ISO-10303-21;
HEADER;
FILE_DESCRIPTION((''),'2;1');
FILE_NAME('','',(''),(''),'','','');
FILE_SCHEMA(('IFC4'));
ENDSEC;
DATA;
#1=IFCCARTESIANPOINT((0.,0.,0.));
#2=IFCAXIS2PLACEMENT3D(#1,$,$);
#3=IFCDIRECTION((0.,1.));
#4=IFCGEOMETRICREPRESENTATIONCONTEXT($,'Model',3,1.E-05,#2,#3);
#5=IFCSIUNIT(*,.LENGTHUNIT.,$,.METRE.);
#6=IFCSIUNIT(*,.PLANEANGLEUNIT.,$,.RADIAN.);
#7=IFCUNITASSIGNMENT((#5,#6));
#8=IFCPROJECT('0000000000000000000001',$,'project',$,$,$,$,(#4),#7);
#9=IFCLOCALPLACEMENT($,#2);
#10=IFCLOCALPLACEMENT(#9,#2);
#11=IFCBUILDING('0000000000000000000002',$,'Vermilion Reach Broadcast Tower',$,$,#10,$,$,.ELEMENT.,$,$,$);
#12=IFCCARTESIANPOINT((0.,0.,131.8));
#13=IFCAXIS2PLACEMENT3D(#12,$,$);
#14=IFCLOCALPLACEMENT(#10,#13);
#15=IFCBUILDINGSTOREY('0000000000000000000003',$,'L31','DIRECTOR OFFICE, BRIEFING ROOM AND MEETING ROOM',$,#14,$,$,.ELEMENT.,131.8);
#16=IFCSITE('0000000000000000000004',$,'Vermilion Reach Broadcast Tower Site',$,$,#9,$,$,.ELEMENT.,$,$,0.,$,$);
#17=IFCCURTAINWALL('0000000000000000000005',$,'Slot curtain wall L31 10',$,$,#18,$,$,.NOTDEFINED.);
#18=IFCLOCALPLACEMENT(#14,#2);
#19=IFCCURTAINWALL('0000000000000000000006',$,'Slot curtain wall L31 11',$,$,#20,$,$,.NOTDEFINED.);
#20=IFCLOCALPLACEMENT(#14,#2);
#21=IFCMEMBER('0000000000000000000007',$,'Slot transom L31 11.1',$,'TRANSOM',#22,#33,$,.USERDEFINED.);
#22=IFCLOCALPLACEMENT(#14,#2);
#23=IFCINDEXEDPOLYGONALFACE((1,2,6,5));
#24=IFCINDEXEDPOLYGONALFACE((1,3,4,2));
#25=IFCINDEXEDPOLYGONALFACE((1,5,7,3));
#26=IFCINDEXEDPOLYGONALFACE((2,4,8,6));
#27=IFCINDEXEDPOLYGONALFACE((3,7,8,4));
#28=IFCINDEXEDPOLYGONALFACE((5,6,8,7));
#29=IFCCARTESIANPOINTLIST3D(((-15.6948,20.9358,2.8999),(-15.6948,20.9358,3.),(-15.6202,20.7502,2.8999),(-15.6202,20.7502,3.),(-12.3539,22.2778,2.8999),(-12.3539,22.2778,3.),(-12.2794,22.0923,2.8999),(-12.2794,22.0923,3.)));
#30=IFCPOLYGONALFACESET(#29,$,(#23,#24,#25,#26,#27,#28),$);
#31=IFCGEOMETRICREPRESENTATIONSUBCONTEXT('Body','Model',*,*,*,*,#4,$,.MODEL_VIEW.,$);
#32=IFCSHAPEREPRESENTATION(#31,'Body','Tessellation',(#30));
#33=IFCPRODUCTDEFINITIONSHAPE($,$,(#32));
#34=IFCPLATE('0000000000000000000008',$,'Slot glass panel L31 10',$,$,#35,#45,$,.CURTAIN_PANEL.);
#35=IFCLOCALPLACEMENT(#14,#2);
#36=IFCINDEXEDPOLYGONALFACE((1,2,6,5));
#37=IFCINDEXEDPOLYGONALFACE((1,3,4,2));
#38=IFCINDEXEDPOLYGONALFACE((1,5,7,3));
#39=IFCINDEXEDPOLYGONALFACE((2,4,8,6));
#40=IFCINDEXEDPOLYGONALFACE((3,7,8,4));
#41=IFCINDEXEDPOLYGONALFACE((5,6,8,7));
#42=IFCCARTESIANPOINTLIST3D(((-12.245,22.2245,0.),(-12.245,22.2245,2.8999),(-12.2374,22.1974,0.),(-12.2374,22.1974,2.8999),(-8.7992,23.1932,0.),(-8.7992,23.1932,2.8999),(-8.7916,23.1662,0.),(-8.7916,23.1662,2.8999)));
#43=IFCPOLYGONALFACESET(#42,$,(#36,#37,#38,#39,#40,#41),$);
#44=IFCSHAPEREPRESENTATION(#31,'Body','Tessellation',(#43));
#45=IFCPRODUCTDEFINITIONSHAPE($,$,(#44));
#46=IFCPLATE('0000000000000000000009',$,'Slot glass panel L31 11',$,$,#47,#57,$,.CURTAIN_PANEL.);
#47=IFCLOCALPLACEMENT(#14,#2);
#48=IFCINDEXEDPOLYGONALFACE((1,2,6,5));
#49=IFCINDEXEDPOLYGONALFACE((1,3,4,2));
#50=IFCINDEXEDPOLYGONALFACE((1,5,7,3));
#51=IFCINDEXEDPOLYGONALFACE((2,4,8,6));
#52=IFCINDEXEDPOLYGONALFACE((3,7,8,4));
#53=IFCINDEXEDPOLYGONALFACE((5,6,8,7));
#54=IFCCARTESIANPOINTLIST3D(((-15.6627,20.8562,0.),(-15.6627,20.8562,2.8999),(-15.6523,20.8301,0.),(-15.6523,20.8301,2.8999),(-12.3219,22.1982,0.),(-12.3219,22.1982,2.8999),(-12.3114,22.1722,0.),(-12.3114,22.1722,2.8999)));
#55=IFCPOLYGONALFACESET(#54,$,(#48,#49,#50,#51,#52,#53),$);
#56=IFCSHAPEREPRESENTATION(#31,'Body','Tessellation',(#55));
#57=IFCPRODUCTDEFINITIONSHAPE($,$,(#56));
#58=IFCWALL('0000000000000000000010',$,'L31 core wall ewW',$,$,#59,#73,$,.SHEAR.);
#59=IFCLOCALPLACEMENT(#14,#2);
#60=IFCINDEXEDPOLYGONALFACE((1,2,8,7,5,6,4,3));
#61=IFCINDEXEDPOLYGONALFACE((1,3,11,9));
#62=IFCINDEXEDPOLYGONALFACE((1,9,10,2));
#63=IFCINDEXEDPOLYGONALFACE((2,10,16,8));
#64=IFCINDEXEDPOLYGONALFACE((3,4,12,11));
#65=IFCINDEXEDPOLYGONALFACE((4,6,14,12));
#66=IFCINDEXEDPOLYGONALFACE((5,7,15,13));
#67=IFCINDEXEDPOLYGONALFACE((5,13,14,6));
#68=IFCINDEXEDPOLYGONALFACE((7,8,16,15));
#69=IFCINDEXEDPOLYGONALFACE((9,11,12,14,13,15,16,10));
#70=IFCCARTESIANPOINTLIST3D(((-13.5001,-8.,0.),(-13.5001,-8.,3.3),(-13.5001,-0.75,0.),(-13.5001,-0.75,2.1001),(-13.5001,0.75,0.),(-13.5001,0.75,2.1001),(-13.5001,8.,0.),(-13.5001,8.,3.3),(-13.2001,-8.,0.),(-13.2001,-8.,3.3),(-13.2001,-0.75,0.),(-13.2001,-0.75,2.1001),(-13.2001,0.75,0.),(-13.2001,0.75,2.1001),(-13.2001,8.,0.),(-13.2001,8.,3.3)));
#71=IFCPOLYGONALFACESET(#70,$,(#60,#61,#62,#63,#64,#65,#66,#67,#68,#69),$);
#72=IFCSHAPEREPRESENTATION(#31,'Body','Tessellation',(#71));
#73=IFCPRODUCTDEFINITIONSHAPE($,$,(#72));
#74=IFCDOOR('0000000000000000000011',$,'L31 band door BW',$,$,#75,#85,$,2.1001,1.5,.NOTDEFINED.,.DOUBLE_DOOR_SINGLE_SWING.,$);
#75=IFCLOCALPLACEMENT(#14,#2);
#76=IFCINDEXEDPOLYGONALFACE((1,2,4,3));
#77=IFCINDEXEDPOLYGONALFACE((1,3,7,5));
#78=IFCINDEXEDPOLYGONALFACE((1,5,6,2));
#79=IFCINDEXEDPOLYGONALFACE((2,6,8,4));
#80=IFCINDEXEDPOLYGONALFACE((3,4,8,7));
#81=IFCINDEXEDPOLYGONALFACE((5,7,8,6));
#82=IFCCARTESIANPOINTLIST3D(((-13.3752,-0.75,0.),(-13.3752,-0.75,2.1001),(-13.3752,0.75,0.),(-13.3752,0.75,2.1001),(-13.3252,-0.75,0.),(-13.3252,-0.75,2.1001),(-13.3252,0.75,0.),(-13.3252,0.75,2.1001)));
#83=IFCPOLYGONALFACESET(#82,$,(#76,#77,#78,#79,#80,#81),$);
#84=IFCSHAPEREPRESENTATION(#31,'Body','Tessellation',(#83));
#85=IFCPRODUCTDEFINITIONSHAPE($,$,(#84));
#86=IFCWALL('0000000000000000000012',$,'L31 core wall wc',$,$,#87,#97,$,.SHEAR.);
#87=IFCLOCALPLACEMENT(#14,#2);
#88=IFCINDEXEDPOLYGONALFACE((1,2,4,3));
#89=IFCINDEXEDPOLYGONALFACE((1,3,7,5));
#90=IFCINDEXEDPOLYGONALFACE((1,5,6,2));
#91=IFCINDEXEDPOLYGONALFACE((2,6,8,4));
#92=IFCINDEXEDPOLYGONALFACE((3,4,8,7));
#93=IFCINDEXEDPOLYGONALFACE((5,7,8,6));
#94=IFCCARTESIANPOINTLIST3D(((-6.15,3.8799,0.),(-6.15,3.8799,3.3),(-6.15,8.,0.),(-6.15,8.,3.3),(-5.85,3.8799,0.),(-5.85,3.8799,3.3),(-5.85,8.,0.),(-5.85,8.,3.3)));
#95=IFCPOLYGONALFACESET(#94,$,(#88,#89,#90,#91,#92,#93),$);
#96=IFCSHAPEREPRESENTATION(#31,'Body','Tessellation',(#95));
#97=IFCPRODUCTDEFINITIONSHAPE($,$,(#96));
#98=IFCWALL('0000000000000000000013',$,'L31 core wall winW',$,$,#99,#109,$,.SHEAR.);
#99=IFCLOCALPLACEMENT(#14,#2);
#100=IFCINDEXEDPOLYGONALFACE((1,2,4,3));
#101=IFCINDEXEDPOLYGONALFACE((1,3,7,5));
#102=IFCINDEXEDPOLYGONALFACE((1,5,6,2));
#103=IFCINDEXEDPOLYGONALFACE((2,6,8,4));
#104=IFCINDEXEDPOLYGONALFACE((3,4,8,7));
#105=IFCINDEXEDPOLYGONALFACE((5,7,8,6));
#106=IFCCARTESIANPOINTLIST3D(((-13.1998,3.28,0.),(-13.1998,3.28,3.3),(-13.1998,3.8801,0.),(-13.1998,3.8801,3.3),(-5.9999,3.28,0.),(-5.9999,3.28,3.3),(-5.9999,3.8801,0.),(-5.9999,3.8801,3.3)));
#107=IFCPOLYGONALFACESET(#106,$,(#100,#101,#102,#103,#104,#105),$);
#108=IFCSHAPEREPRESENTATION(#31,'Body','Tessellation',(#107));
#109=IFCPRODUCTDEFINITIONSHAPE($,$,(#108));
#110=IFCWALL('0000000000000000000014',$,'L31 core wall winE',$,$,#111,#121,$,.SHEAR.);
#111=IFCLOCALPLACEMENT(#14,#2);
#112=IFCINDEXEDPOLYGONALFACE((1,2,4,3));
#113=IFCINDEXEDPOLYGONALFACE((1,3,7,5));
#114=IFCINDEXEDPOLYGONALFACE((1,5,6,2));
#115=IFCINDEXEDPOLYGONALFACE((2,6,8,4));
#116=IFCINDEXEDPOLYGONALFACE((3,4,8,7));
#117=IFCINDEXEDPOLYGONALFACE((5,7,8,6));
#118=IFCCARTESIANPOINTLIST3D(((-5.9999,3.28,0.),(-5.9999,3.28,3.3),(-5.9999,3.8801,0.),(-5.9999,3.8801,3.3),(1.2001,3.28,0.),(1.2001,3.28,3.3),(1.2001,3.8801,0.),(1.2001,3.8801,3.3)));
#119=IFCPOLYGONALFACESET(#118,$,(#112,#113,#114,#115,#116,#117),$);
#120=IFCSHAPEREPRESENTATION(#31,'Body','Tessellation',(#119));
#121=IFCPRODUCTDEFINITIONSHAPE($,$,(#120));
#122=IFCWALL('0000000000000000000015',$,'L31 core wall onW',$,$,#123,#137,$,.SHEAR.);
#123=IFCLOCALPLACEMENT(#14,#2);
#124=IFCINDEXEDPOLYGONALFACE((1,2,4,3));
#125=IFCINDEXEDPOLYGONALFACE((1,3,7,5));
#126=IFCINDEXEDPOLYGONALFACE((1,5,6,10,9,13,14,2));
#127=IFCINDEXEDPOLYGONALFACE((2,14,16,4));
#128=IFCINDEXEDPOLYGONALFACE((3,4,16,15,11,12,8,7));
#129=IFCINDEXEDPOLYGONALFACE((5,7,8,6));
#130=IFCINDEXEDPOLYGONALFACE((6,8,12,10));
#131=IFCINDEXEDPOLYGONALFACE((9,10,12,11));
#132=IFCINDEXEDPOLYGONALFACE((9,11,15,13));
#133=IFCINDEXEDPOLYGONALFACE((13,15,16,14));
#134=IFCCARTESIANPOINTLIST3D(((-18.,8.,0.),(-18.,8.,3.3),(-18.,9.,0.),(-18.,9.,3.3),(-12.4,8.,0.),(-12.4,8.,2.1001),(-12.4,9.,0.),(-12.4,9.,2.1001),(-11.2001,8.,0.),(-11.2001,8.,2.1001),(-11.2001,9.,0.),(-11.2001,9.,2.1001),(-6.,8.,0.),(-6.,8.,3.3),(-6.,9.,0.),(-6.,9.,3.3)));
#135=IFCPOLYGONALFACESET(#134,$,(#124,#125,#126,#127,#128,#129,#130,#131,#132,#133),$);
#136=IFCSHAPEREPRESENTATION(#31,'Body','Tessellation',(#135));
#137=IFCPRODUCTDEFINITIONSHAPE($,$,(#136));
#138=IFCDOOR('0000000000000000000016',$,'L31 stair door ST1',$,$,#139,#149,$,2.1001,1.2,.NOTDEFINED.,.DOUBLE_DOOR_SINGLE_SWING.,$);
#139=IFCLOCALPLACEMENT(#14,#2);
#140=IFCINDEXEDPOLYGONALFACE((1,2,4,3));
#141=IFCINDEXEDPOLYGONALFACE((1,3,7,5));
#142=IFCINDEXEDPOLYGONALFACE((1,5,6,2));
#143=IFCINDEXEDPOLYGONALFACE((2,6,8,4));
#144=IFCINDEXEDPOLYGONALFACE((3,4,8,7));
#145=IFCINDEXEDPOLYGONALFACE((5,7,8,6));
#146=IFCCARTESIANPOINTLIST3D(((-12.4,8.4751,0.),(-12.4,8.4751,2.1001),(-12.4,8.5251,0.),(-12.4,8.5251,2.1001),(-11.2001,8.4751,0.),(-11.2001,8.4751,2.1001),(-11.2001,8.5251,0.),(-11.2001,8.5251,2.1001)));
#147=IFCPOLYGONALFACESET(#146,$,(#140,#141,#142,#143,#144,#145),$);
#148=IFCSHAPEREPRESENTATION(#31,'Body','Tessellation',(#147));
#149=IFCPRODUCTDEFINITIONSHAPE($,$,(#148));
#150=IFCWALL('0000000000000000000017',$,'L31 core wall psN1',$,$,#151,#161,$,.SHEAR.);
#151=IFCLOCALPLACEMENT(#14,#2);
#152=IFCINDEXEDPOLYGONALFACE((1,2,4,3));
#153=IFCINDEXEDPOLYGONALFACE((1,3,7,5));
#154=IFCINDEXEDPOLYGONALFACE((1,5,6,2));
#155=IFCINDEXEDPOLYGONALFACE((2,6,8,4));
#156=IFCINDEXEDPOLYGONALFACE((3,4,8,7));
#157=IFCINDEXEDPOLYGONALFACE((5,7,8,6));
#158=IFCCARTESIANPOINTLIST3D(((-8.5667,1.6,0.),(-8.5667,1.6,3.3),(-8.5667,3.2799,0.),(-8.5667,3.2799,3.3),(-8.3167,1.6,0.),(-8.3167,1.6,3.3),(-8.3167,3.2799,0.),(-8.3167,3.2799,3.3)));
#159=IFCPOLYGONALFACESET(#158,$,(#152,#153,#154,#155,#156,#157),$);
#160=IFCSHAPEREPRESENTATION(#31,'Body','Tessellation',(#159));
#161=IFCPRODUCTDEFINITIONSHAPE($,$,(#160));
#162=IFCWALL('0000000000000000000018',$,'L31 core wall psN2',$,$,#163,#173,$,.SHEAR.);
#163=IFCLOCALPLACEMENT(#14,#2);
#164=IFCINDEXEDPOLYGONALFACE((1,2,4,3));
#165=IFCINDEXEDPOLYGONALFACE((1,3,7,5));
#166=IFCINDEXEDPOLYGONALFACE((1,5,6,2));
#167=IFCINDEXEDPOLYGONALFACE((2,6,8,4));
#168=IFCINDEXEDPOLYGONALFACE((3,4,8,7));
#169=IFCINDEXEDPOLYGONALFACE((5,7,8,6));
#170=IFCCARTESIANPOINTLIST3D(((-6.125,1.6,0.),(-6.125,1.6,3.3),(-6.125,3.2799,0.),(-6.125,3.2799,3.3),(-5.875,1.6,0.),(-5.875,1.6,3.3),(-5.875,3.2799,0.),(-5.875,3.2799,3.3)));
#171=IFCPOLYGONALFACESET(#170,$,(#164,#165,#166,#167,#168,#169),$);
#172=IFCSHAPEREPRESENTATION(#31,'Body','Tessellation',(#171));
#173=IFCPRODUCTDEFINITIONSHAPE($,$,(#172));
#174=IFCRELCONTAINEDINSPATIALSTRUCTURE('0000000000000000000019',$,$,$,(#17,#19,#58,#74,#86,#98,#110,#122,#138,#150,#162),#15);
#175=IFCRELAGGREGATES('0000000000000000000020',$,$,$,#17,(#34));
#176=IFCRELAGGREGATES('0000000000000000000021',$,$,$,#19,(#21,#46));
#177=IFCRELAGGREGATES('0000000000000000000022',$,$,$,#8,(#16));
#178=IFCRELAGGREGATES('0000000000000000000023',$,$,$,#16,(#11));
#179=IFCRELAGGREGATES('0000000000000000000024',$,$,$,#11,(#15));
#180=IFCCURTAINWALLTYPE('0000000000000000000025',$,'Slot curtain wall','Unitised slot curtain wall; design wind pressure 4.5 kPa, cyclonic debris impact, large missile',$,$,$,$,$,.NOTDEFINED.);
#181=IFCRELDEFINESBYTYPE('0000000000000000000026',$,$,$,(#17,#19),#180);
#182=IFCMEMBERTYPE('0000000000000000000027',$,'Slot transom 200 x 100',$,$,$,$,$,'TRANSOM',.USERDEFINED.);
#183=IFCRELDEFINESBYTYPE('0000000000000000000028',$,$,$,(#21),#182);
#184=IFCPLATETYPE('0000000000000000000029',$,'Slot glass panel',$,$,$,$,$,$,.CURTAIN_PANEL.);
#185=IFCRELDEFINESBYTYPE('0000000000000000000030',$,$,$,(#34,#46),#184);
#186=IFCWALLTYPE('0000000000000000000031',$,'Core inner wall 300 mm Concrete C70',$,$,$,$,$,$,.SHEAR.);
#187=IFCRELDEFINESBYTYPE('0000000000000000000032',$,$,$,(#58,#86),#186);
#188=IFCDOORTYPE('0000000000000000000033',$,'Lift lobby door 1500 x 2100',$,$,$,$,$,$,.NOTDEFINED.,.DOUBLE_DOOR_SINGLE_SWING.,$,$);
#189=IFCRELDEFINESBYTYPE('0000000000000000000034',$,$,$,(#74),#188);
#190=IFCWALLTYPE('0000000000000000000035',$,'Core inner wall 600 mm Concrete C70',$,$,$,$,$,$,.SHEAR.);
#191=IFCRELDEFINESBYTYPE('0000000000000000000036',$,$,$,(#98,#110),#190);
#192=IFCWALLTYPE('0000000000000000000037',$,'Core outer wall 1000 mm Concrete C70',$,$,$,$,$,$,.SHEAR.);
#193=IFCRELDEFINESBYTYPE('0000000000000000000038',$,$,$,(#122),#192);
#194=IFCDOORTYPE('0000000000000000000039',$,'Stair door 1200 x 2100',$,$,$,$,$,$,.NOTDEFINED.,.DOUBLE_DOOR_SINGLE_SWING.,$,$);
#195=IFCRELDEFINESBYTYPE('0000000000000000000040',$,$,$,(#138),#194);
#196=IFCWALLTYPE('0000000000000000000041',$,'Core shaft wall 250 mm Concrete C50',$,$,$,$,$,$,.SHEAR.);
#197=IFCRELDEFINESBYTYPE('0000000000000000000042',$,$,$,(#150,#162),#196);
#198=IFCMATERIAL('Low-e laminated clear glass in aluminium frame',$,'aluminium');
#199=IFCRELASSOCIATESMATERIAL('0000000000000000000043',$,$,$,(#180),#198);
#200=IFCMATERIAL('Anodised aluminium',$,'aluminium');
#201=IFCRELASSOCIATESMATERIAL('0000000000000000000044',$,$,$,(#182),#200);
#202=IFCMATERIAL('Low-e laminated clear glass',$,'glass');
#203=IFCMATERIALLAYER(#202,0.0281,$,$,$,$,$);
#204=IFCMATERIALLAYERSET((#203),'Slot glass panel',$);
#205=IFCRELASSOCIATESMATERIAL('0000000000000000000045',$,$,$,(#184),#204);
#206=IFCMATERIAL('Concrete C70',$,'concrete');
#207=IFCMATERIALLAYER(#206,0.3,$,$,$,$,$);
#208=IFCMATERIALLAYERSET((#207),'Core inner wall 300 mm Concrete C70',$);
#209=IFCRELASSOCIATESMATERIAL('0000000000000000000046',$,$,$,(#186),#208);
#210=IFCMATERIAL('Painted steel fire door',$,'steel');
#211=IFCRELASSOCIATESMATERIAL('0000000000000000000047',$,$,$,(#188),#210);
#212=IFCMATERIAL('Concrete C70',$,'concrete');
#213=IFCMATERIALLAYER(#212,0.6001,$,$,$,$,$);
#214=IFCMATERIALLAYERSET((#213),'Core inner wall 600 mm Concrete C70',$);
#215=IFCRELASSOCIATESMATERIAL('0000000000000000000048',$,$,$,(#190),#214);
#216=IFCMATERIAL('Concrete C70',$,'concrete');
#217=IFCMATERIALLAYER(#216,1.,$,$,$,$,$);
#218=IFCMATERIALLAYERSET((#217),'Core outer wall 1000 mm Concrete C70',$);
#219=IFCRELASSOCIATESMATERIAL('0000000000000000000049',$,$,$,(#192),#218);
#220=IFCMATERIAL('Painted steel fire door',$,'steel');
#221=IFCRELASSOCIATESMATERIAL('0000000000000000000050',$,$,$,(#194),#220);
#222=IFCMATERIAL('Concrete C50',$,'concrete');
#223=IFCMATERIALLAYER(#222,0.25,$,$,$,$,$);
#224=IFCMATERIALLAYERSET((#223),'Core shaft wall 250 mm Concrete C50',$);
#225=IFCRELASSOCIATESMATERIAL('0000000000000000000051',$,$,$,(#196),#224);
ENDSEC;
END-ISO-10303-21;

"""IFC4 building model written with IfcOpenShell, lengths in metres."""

from ifc_helpers import new_model, si_unit, direction, frame, frame_2d, origin, origin_2d, place, context, subcontext, project, spatial, rectangle, extrude, material, layer, layer_set, material_profile, profile_set, type_object, element, fill, aggregate, save


model = new_model("IFC4")

# Units and contexts
model_context = context("Model", 3, precision=1e-05, world=origin(), true_north=direction((0.0, 1.0)))
body_context = subcontext(model_context, "Body", "Model", "MODEL_VIEW")
ifc_project = project(units=[si_unit("LENGTHUNIT", "METRE"), si_unit("PLANEANGLEUNIT", "RADIAN")], contexts=[model_context])

# Site, building, storey
site_placement = place(None, origin())
site = spatial("IfcSite", under=ifc_project, at=site_placement, Name="Vermilion Reach Broadcast Tower Site", CompositionType="ELEMENT", RefElevation=0.0)
building_placement = place(site_placement, origin())
building = spatial("IfcBuilding", under=site, at=building_placement, Name="Vermilion Reach Broadcast Tower", CompositionType="ELEMENT")
storey_placement = place(building_placement, frame((0.0, 0.0, 131.8)))
storey = spatial("IfcBuildingStorey", under=building, at=storey_placement, Name="L31", Description="DIRECTOR OFFICE, BRIEFING ROOM AND MEETING ROOM", CompositionType="ELEMENT", Elevation=131.8)

# Curtain walls
ifc_material_1 = material(Name="Low-e laminated clear glass in aluminium frame", Category="aluminium")
curtain_wall_type = type_object("IfcCurtainWallType", Name="Slot curtain wall", Description="Unitised slot curtain wall; design wind pressure 4.5 kPa, cyclonic debris impact, large missile", PredefinedType="NOTDEFINED", material=ifc_material_1)
placement = place(storey_placement, origin())
curtain_wall_1 = element("IfcCurtainWall", 1, at=placement, inside=storey, type_object=curtain_wall_type, Name="Slot curtain wall L31 10", PredefinedType="NOTDEFINED")
curtain_wall_2 = element("IfcCurtainWall", 2, at=placement, inside=storey, type_object=curtain_wall_type, Name="Slot curtain wall L31 11", PredefinedType="NOTDEFINED")

# Member
ifc_material_2 = material(Name="Anodised aluminium", Category="aluminium")
ifc_material_profile_1 = material_profile(ifc_material_2, rectangle(XDim=0.2, YDim=0.1001, at=origin_2d()), Name="Slot transom 200 x 100")
ifc_profile_set_1 = profile_set([ifc_material_profile_1], Name="Anodised aluminium")
member_type_1 = type_object("IfcMemberType", Name="Slot transom 200 x 100", ElementType="TRANSOM", PredefinedType="USERDEFINED", material=ifc_profile_set_1)
member_1_placement = place(storey_placement, frame((-12.3167, 22.1851, 2.95), z_axis=(-0.927929, -0.372758, 0.0), x_axis=(0.372758, -0.927929, 0.0)))
member_1 = element("IfcMember", 3, at=member_1_placement, type_object=member_type_1, Name="Slot transom L31 11.1", ObjectType="TRANSOM", PredefinedType="USERDEFINED", context=body_context, shape_type="SweptSolid", body=[
    extrude(rectangle(XDim=0.2, YDim=0.1001, at=origin_2d()), origin(), (0.0, 0.0, 1.0), 3.6003),
])

# Plates
ifc_material_3 = material(Name="Low-e laminated clear glass", Category="glass")
ifc_layer_1 = layer(ifc_material_3, 0.0281)
ifc_layer_set_1 = layer_set([ifc_layer_1], Name="Slot glass panel")
plate_type = type_object("IfcPlateType", Name="Slot glass panel", PredefinedType="CURTAIN_PANEL", material=ifc_layer_set_1)
plate_1_placement = place(storey_placement, frame((-10.5183, 22.6953, 0.0), z_axis=(0.0, 0.0, 1.0), x_axis=(-0.96268, -0.270642, 0.0)))
plate_1 = element("IfcPlate", 4, at=plate_1_placement, type_object=plate_type, Name="Slot glass panel L31 10", PredefinedType="CURTAIN_PANEL", context=body_context, shape_type="SweptSolid", body=[
    extrude(rectangle(XDim=3.5793, YDim=0.0281, at=origin_2d()), origin(), (0.0, 0.0, 1.0), 2.8999),
])
aggregate(curtain_wall_1, [plate_1])
plate_2_placement = place(storey_placement, frame((-13.9871, 21.5142, 0.0), z_axis=(0.0, 0.0, 1.0), x_axis=(-0.927929, -0.372756, 0.0)))
plate_2 = element("IfcPlate", 5, at=plate_2_placement, type_object=plate_type, Name="Slot glass panel L31 11", PredefinedType="CURTAIN_PANEL", context=body_context, shape_type="SweptSolid", body=[
    extrude(rectangle(XDim=3.6003, YDim=0.0281, at=origin_2d()), origin(), (0.0, 0.0, 1.0), 2.8999),
])
aggregate(curtain_wall_2, [member_1, plate_2])

# Wall, opening, door
ifc_material_4 = material(Name="Concrete C70", Category="concrete")
ifc_layer_2 = layer(ifc_material_4, 0.3)
ifc_layer_set_2 = layer_set([ifc_layer_2], Name="Core inner wall 300 mm Concrete C70")
wall_type_1 = type_object("IfcWallType", Name="Core inner wall 300 mm Concrete C70", PredefinedType="SHEAR", material=ifc_layer_set_2)
wall_1_placement = place(storey_placement, frame((-13.3501, 8.0, 0.0), z_axis=(0.0, 0.0, 1.0), x_axis=(0.0, -1.0, 0.0)))
wall_1 = element("IfcWall", 6, at=wall_1_placement, inside=storey, type_object=wall_type_1, Name="L31 core wall ewW", PredefinedType="SHEAR", context=body_context, shape_type="SweptSolid", body=[
    extrude(rectangle(XDim=16.0, YDim=0.3, at=frame_2d((8.0, 0.0))), origin(), (0.0, 0.0, 1.0), 3.3),
])
opening_1_placement = place(wall_1_placement, frame((7.25, 0.0, 0.0)))
opening_1 = element("IfcOpeningElement", 7, at=opening_1_placement, cuts=wall_1, PredefinedType="OPENING", context=body_context, shape_type="SweptSolid", body=[
    extrude(rectangle(XDim=1.5, YDim=2.1001, at=frame_2d((0.75, 1.05))), frame((0.0, 0.1599, 0.0), z_axis=(0.0, -1.0, 0.0), x_axis=(1.0, 0.0, 0.0)), (0.0, 0.0, 1.0), 0.3201),
])
ifc_material_5 = material(Name="Painted steel fire door", Category="steel")
door_type_1 = type_object("IfcDoorType", Name="Lift lobby door 1500 x 2100", OperationType="DOUBLE_DOOR_SINGLE_SWING", PredefinedType="NOTDEFINED", material=ifc_material_5)
door_1_placement = place(opening_1_placement, origin())
door_1 = element("IfcDoor", 8, at=door_1_placement, inside=storey, type_object=door_type_1, Name="L31 band door BW", OperationType="DOUBLE_DOOR_SINGLE_SWING", OverallHeight=2.1001, OverallWidth=1.5, PredefinedType="NOTDEFINED", context=body_context, shape_type="SweptSolid", body=[
    extrude(rectangle(XDim=1.5, YDim=2.1001, at=frame_2d((0.75, 1.05))), frame((0.0, 0.0249, 0.0), z_axis=(0.0, -1.0, 0.0), x_axis=(1.0, 0.0, 0.0)), (0.0, 0.0, 1.0), 0.05),
])
fill(opening_1, door_1)

# Walls
wall_2_placement = place(storey_placement, frame((-6.0, 3.8799, 0.0), z_axis=(0.0, 0.0, 1.0), x_axis=(0.0, 1.0, 0.0)))
element("IfcWall", 9, at=wall_2_placement, inside=storey, type_object=wall_type_1, Name="L31 core wall wc", PredefinedType="SHEAR", context=body_context, shape_type="SweptSolid", body=[
    extrude(rectangle(XDim=4.1201, YDim=0.3, at=frame_2d((2.0601, 0.0))), origin(), (0.0, 0.0, 1.0), 3.3),
])
ifc_material_6 = material(Name="Concrete C70", Category="concrete")
ifc_layer_3 = layer(ifc_material_6, 0.6001)
ifc_layer_set_3 = layer_set([ifc_layer_3], Name="Core inner wall 600 mm Concrete C70")
wall_type_2 = type_object("IfcWallType", Name="Core inner wall 600 mm Concrete C70", PredefinedType="SHEAR", material=ifc_layer_set_3)
for number, where, z_axis, x_axis, name in (
    (10, (-13.2, 3.5801, 0.0), (0.0, 0.0, 1.0), (1.0, 0.0, 0.0), "L31 core wall winW"),
    (11, (-6.0, 3.5801, 0.0), (0.0, 0.0, 1.0), (1.0, 0.0, 0.0), "L31 core wall winE"),
):
    element("IfcWall", number, at=place(storey_placement, frame(where, z_axis=z_axis, x_axis=x_axis)), inside=storey, type_object=wall_type_2, Name=name, PredefinedType="SHEAR", context=body_context, shape_type="SweptSolid", body=[
        extrude(rectangle(XDim=7.2, YDim=0.6001, at=frame_2d((3.6001, 0.0))), origin(), (0.0, 0.0, 1.0), 3.3),
    ])

# Wall, opening, door
ifc_material_7 = material(Name="Concrete C70", Category="concrete")
ifc_layer_4 = layer(ifc_material_7, 1.0)
ifc_layer_set_4 = layer_set([ifc_layer_4], Name="Core outer wall 1000 mm Concrete C70")
wall_type_3 = type_object("IfcWallType", Name="Core outer wall 1000 mm Concrete C70", PredefinedType="SHEAR", material=ifc_layer_set_4)
wall_3_placement = place(storey_placement, frame((-6.0, 8.5, 0.0), z_axis=(0.0, 0.0, 1.0), x_axis=(-1.0, 0.0, 0.0)))
wall_3 = element("IfcWall", 12, at=wall_3_placement, inside=storey, type_object=wall_type_3, Name="L31 core wall onW", PredefinedType="SHEAR", context=body_context, shape_type="SweptSolid", body=[
    extrude(rectangle(XDim=12.0, YDim=1.0, at=frame_2d((6.0, 0.0))), origin(), (0.0, 0.0, 1.0), 3.3),
])
opening_2_placement = place(wall_3_placement, frame((5.2, 0.0, 0.0)))
opening_2 = element("IfcOpeningElement", 13, at=opening_2_placement, cuts=wall_3, PredefinedType="OPENING", context=body_context, shape_type="SweptSolid", body=[
    extrude(rectangle(XDim=1.2, YDim=2.1001, at=frame_2d((0.6001, 1.05))), frame((0.0, 0.51, 0.0), z_axis=(0.0, -1.0, 0.0), x_axis=(1.0, 0.0, 0.0)), (0.0, 0.0, 1.0), 1.02),
])
ifc_material_8 = material(Name="Painted steel fire door", Category="steel")
door_type_2 = type_object("IfcDoorType", Name="Stair door 1200 x 2100", OperationType="DOUBLE_DOOR_SINGLE_SWING", PredefinedType="NOTDEFINED", material=ifc_material_8)
door_2_placement = place(opening_2_placement, origin())
door_2 = element("IfcDoor", 14, at=door_2_placement, inside=storey, type_object=door_type_2, Name="L31 stair door ST1", OperationType="DOUBLE_DOOR_SINGLE_SWING", OverallHeight=2.1001, OverallWidth=1.2, PredefinedType="NOTDEFINED", context=body_context, shape_type="SweptSolid", body=[
    extrude(rectangle(XDim=1.2, YDim=2.1001, at=frame_2d((0.6001, 1.05))), frame((0.0, 0.0249, 0.0), z_axis=(0.0, -1.0, 0.0), x_axis=(1.0, 0.0, 0.0)), (0.0, 0.0, 1.0), 0.05),
])
fill(opening_2, door_2)

# Walls
ifc_material_9 = material(Name="Concrete C50", Category="concrete")
ifc_layer_5 = layer(ifc_material_9, 0.25)
ifc_layer_set_5 = layer_set([ifc_layer_5], Name="Core shaft wall 250 mm Concrete C50")
wall_type_4 = type_object("IfcWallType", Name="Core shaft wall 250 mm Concrete C50", PredefinedType="SHEAR", material=ifc_layer_set_5)
for number, where, z_axis, x_axis, name in (
    (15, (-8.4417, 1.6001, 0.0), (0.0, 0.0, 1.0), (0.0, 1.0, 0.0), "L31 core wall psN1"),
    (16, (-6.0, 1.6001, 0.0), (0.0, 0.0, 1.0), (0.0, 1.0, 0.0), "L31 core wall psN2"),
):
    element("IfcWall", number, at=place(storey_placement, frame(where, z_axis=z_axis, x_axis=x_axis)), inside=storey, type_object=wall_type_4, Name=name, PredefinedType="SHEAR", context=body_context, shape_type="SweptSolid", body=[
        extrude(rectangle(XDim=1.6799, YDim=0.25, at=frame_2d((0.8398, 0.0))), origin(), (0.0, 0.0, 1.0), 3.3),
    ])

save(model, "model.ifc")
